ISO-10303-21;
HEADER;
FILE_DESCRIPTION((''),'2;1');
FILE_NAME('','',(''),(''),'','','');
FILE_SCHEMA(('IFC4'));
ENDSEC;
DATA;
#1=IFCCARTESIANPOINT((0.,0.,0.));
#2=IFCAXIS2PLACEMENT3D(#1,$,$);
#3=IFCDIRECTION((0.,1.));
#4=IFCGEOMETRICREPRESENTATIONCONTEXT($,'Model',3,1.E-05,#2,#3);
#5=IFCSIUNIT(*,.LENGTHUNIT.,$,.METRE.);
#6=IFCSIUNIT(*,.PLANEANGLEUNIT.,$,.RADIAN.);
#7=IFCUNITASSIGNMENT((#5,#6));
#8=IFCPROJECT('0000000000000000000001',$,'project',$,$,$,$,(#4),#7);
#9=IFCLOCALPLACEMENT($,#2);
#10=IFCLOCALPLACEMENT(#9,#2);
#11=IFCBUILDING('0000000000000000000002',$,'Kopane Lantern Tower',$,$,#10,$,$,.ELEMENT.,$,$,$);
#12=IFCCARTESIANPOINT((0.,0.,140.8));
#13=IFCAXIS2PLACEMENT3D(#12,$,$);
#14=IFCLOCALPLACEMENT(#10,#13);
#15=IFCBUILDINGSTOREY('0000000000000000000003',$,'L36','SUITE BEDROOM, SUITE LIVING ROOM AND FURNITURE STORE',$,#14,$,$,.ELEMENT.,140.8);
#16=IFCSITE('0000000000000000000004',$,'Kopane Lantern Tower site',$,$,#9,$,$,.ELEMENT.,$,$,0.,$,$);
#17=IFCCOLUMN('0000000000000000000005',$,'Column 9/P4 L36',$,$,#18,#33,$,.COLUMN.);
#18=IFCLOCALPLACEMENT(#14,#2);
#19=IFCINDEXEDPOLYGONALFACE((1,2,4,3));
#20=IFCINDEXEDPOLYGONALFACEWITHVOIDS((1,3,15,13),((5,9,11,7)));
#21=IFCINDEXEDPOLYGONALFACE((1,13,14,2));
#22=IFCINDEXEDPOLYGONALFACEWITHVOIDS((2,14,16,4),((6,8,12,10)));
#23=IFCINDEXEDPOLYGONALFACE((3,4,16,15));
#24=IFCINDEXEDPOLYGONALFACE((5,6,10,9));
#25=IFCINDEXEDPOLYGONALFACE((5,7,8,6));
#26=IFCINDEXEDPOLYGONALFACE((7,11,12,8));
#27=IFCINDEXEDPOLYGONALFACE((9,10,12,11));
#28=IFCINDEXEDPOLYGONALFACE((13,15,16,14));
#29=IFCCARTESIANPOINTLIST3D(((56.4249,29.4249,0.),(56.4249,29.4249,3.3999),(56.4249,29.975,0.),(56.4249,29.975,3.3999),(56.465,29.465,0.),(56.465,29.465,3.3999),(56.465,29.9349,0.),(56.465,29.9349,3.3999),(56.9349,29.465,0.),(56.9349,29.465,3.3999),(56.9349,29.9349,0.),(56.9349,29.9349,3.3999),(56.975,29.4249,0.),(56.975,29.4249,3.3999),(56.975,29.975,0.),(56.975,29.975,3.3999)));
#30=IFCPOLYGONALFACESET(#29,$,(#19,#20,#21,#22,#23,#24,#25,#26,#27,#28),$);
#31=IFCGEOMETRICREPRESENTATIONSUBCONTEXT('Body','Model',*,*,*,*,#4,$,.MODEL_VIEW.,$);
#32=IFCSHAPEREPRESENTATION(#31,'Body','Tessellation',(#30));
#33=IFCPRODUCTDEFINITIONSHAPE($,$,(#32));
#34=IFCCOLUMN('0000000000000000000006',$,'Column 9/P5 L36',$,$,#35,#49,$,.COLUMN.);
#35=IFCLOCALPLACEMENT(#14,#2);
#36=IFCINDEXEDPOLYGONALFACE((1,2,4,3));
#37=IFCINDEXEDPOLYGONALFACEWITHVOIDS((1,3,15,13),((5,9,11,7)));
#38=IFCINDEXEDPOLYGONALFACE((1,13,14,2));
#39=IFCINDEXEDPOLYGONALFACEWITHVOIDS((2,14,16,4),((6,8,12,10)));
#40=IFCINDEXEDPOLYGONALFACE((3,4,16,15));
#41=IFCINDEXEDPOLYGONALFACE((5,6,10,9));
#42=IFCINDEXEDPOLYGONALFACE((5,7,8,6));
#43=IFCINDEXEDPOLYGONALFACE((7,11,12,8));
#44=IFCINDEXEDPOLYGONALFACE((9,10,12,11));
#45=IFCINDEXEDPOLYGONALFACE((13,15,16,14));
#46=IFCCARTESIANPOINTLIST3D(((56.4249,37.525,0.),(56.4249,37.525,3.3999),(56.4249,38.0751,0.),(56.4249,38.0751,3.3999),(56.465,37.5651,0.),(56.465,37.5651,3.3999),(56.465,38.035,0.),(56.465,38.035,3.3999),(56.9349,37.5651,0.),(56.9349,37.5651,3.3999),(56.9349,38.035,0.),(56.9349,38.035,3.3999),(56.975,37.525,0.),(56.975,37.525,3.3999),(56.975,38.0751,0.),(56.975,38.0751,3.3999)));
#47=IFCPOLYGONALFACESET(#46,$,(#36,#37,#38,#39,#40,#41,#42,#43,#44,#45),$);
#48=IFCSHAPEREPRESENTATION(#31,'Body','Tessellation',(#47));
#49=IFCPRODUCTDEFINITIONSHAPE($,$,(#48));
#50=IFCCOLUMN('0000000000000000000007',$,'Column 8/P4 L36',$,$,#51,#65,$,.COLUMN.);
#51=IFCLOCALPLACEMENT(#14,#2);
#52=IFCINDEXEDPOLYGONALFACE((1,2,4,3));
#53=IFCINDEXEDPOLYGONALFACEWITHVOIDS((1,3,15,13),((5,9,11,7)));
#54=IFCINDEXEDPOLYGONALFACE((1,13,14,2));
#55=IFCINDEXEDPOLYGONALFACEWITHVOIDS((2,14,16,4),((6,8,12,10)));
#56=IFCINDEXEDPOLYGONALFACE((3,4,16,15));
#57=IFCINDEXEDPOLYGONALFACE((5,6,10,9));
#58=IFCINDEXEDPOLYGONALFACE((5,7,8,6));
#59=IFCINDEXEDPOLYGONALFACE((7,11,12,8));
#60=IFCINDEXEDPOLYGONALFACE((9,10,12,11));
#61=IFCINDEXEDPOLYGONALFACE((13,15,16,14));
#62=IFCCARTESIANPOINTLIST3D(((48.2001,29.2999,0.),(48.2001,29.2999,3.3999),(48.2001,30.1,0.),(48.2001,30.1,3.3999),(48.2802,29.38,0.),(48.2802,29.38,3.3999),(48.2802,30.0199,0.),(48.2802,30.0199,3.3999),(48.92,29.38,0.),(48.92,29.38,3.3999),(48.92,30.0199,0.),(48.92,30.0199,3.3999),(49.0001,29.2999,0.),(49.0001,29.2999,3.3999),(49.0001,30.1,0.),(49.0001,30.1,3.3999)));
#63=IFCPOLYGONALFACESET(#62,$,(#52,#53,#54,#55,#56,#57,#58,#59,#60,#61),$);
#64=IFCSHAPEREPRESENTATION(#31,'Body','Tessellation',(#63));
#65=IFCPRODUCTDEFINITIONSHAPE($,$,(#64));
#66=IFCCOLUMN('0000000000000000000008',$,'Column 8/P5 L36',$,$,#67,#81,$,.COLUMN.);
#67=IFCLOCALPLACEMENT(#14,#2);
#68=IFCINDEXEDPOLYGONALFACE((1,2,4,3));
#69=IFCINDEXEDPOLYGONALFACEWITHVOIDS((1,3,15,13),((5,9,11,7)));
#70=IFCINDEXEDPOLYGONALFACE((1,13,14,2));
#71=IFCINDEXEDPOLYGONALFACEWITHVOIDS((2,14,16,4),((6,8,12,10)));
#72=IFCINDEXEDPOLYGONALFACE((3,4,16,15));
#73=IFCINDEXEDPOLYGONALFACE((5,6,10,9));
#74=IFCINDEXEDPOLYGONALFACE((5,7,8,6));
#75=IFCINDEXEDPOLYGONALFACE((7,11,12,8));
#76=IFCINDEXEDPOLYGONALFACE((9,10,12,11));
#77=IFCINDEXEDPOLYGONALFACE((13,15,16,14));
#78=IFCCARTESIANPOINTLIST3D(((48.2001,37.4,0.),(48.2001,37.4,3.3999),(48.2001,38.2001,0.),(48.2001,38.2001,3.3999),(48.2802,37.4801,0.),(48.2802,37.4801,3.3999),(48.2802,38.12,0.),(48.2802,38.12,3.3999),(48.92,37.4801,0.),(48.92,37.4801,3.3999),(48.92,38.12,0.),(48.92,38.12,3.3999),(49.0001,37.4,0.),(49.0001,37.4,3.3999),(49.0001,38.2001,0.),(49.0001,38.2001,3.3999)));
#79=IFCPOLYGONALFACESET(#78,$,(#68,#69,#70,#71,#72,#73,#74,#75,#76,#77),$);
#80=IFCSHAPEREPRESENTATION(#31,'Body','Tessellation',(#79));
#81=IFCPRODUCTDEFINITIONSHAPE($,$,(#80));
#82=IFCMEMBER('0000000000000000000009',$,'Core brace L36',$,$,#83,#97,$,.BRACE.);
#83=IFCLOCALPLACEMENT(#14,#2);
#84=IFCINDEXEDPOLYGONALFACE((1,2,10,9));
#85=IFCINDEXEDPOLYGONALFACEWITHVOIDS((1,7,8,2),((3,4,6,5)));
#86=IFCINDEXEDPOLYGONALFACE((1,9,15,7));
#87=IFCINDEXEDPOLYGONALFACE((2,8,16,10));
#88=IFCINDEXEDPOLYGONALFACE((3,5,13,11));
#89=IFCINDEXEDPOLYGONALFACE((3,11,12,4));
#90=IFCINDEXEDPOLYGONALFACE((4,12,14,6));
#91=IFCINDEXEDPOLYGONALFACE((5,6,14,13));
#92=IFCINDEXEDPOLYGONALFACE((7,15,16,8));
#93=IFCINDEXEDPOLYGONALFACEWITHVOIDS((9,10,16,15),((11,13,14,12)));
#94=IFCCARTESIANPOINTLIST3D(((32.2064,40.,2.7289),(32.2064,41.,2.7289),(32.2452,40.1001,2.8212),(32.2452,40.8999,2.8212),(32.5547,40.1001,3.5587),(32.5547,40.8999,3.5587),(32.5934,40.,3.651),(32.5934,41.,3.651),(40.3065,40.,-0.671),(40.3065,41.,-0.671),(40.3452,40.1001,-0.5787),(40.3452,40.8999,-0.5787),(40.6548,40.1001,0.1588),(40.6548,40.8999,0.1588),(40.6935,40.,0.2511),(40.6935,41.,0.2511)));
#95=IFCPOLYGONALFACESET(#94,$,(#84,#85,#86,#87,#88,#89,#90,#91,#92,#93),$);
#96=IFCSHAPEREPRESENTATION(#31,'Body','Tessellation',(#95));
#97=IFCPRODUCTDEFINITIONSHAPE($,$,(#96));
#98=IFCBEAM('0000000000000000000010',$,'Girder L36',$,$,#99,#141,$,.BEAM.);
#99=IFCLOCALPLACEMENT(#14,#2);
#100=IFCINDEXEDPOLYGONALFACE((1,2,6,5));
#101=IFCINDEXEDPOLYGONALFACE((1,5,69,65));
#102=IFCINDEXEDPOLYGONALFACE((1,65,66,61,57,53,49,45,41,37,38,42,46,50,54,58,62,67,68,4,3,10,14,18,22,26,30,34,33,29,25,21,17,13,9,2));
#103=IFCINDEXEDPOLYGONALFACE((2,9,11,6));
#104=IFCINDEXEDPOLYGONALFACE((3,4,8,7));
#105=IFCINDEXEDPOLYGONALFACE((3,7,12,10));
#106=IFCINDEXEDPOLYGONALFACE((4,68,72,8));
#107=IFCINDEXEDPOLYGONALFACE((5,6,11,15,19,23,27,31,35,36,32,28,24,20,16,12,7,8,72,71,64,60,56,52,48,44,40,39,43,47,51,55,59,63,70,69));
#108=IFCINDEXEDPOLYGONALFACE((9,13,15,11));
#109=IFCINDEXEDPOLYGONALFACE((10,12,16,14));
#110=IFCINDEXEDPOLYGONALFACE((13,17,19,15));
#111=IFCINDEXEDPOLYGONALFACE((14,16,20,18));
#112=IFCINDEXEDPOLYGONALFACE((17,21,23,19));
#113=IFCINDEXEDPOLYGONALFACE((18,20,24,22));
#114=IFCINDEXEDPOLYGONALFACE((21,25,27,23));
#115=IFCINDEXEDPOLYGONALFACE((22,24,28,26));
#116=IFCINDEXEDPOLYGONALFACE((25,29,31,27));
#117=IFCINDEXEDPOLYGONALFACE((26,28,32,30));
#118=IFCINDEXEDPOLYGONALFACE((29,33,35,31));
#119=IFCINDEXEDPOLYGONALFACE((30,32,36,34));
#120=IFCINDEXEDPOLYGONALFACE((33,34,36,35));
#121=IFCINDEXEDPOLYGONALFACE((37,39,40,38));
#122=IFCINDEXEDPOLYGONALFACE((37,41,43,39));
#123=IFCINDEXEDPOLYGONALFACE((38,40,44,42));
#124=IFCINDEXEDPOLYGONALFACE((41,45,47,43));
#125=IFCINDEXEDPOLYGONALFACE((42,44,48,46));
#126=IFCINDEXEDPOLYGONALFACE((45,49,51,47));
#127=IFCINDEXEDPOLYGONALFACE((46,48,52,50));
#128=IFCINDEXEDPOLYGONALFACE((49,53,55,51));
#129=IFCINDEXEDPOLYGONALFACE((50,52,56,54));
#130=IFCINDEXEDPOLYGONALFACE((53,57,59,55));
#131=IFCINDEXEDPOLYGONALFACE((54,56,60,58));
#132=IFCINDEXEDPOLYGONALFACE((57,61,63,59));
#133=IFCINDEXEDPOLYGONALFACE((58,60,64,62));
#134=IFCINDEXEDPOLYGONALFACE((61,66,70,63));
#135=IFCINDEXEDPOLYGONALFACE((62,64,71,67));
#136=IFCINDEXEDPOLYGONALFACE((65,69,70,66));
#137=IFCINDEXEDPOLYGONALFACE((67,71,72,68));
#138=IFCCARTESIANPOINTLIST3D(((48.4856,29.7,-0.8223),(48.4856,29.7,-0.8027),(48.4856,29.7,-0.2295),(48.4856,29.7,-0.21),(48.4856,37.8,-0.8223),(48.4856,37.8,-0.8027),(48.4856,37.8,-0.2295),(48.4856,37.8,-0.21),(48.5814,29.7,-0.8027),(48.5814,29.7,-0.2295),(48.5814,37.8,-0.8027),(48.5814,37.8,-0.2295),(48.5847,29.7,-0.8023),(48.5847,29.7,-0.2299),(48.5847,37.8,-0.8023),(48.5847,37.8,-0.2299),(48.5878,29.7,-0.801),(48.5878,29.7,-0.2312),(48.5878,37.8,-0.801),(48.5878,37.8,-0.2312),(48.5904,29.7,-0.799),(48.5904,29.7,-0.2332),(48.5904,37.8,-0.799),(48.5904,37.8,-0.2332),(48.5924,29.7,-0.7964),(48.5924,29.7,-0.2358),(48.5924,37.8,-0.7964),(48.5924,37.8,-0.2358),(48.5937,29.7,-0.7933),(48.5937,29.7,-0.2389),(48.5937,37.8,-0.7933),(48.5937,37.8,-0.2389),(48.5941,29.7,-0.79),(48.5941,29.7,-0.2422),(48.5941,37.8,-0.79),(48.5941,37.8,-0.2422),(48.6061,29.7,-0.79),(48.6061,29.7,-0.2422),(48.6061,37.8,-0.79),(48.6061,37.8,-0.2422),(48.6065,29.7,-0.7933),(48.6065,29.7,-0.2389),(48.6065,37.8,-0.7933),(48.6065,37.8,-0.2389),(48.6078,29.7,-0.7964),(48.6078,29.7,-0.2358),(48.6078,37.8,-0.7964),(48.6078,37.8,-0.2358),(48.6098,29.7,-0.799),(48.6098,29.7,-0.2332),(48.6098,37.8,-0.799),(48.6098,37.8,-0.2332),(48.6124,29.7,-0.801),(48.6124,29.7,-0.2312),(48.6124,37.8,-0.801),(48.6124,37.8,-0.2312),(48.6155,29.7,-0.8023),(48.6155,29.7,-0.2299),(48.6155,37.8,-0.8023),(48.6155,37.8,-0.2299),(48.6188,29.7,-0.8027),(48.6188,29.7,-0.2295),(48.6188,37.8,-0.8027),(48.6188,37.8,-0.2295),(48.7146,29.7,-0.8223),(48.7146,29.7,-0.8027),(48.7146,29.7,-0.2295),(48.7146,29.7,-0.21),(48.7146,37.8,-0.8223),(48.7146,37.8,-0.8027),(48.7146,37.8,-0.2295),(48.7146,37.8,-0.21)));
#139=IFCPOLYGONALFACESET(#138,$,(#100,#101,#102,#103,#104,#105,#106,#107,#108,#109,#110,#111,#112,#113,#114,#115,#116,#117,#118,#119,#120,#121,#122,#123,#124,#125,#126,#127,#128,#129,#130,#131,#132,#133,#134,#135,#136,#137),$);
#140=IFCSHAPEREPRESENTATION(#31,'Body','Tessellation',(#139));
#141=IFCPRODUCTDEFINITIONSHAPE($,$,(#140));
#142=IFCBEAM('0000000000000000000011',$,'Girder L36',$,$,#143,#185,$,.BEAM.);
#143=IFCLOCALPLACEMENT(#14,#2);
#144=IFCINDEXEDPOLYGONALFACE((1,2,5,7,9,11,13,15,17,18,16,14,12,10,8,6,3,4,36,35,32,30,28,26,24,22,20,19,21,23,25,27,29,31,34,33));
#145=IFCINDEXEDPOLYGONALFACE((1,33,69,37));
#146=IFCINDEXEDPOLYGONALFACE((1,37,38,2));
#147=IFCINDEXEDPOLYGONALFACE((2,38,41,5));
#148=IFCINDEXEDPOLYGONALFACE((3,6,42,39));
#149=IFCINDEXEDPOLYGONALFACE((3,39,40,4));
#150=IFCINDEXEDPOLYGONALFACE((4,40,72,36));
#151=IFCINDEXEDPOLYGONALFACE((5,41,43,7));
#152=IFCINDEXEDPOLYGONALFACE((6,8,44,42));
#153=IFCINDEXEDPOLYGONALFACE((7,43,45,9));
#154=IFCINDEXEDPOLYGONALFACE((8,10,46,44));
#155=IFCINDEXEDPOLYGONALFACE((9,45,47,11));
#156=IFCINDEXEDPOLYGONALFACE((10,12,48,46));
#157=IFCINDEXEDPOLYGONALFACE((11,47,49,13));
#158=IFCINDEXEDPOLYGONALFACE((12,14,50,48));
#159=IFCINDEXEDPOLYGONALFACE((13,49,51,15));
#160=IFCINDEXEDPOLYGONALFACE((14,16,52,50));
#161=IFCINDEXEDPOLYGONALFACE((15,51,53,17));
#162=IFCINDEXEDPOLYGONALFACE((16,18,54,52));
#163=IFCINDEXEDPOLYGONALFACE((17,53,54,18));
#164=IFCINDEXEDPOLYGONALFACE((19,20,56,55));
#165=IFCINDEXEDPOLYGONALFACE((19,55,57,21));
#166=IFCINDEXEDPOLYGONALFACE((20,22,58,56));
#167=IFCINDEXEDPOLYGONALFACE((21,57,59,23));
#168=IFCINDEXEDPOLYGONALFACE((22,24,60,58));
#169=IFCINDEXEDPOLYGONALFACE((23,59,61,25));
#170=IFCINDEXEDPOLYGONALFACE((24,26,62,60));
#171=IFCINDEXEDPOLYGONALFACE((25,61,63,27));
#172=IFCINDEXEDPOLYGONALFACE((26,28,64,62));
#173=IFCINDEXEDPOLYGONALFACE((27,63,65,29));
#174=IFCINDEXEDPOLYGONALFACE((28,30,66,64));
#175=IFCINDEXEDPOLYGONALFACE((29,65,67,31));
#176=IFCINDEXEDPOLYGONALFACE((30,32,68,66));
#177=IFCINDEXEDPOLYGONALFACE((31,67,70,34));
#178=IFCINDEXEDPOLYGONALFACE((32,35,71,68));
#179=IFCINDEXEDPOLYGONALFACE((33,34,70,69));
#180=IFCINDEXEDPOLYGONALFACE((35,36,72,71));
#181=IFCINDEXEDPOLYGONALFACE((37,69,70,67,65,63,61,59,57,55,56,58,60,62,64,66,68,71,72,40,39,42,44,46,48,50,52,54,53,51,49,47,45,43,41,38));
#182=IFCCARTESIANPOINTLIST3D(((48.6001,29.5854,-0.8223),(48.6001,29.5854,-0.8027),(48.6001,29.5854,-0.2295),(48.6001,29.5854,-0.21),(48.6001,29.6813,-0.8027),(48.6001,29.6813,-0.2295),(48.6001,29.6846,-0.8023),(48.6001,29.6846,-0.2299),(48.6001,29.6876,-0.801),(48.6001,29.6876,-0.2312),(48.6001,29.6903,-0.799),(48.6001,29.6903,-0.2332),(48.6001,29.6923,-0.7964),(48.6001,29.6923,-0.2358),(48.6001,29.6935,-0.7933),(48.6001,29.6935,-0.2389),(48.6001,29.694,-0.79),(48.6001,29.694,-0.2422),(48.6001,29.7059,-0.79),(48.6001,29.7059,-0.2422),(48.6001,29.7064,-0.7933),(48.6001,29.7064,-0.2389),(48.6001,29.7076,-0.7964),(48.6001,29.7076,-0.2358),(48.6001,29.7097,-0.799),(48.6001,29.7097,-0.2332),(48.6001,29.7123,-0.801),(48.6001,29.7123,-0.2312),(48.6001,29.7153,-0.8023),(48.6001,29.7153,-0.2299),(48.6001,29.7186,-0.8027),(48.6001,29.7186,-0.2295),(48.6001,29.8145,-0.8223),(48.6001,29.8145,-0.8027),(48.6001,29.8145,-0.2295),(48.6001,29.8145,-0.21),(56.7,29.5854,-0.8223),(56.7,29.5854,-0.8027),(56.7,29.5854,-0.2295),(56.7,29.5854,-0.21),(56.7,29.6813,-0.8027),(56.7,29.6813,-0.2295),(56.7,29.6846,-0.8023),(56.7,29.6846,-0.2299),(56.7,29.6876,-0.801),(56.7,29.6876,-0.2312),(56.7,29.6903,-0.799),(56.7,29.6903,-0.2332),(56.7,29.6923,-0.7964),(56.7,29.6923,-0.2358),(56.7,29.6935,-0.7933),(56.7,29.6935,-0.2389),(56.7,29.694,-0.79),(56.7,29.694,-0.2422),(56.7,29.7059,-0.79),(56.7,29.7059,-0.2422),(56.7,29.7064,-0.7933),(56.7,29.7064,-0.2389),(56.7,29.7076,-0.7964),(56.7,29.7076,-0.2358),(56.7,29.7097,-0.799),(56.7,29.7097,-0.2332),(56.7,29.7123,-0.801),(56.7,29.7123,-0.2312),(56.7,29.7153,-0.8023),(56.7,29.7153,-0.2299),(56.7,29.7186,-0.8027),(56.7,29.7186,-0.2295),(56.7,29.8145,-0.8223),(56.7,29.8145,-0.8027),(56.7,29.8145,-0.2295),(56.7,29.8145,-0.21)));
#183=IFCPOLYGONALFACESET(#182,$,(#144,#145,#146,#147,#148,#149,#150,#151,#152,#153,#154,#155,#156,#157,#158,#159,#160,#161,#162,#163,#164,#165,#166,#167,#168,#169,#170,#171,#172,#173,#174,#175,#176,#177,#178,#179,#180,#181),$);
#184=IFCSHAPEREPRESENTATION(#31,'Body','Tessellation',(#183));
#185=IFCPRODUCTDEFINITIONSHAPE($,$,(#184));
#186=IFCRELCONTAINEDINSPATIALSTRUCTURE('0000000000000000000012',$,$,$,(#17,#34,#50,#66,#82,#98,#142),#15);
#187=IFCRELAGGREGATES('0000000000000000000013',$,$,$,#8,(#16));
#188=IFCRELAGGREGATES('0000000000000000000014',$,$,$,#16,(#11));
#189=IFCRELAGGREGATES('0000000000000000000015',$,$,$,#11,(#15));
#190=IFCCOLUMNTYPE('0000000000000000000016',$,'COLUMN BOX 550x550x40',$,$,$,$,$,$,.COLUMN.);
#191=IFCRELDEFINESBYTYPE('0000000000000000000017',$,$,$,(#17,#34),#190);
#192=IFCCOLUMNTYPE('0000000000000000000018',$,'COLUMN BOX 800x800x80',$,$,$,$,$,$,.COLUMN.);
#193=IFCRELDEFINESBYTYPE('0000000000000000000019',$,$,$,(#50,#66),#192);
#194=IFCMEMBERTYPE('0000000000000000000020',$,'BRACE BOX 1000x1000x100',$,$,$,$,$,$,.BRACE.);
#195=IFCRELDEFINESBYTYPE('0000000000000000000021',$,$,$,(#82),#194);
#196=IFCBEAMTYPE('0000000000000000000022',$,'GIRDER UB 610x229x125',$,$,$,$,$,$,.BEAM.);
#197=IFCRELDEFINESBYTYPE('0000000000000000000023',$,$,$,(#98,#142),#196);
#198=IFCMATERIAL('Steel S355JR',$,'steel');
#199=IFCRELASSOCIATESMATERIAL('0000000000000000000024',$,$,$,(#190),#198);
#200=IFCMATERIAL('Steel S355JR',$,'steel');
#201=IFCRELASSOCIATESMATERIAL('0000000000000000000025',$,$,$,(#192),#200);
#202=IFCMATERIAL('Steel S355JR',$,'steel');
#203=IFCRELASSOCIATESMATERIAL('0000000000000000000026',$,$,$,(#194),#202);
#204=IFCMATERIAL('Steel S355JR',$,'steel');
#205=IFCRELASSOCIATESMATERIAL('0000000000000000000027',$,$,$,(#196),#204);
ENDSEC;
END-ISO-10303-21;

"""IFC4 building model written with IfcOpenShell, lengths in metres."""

from ifc_helpers import new_model, si_unit, direction, frame, origin, origin_2d, place, context, subcontext, project, spatial, hollow_rectangle, i_section, extrude, material, material_profile, profile_set, type_object, element, save


model = new_model("IFC4")

# Units and contexts
model_context = context("Model", 3, precision=1e-05, world=origin(), true_north=direction((0.0, 1.0)))
body_context = subcontext(model_context, "Body", "Model", "MODEL_VIEW")
ifc_project = project(units=[si_unit("LENGTHUNIT", "METRE"), si_unit("PLANEANGLEUNIT", "RADIAN")], contexts=[model_context])

# Site, building, storey
site_placement = place(None, origin())
site = spatial("IfcSite", under=ifc_project, at=site_placement, Name="Kopane Lantern Tower site", CompositionType="ELEMENT", RefElevation=0.0)
building_placement = place(site_placement, origin())
building = spatial("IfcBuilding", under=site, at=building_placement, Name="Kopane Lantern Tower", CompositionType="ELEMENT")
storey_placement = place(building_placement, frame((0.0, 0.0, 140.8)))
storey = spatial("IfcBuildingStorey", under=building, at=storey_placement, Name="L36", Description="SUITE BEDROOM, SUITE LIVING ROOM AND FURNITURE STORE", CompositionType="ELEMENT", Elevation=140.8)

# Columns
ifc_material_1 = material(Name="Steel S355JR", Category="steel")
ifc_material_profile_1 = material_profile(ifc_material_1, hollow_rectangle(XDim=0.55, YDim=0.55, WallThickness=0.04, at=origin_2d()), Name="BOX 550x550x40")
ifc_profile_set_1 = profile_set([ifc_material_profile_1], Name="Steel S355JR")
column_type_1 = type_object("IfcColumnType", Name="COLUMN BOX 550x550x40", PredefinedType="COLUMN", material=ifc_profile_set_1)
for number, where, z_axis, x_axis, name in (
    (1, (56.7, 29.7, 0.0), (0.0, 0.0, 1.0), (1.0, 0.0, 0.0), "Column 9/P4 L36"),
    (2, (56.7, 37.8, 0.0), (0.0, 0.0, 1.0), (1.0, 0.0, 0.0), "Column 9/P5 L36"),
):
    element("IfcColumn", number, at=place(storey_placement, frame(where, z_axis=z_axis, x_axis=x_axis)), inside=storey, type_object=column_type_1, Name=name, PredefinedType="COLUMN", context=body_context, shape_type="SweptSolid", body=[
        extrude(hollow_rectangle(XDim=0.55, YDim=0.55, WallThickness=0.04, at=origin_2d()), origin(), (0.0, 0.0, 1.0), 3.3999),
    ])
ifc_material_2 = material(Name="Steel S355JR", Category="steel")
ifc_material_profile_2 = material_profile(ifc_material_2, hollow_rectangle(XDim=0.8, YDim=0.8, WallThickness=0.0801, at=origin_2d()), Name="BOX 800x800x80")
ifc_profile_set_2 = profile_set([ifc_material_profile_2], Name="Steel S355JR")
column_type_2 = type_object("IfcColumnType", Name="COLUMN BOX 800x800x80", PredefinedType="COLUMN", material=ifc_profile_set_2)
for number, where, z_axis, x_axis, name in (
    (3, (48.6001, 29.7, 0.0), (0.0, 0.0, 1.0), (1.0, 0.0, 0.0), "Column 8/P4 L36"),
    (4, (48.6001, 37.8, 0.0), (0.0, 0.0, 1.0), (1.0, 0.0, 0.0), "Column 8/P5 L36"),
):
    element("IfcColumn", number, at=place(storey_placement, frame(where, z_axis=z_axis, x_axis=x_axis)), inside=storey, type_object=column_type_2, Name=name, PredefinedType="COLUMN", context=body_context, shape_type="SweptSolid", body=[
        extrude(hollow_rectangle(XDim=0.8, YDim=0.8, WallThickness=0.0801, at=origin_2d()), origin(), (0.0, 0.0, 1.0), 3.3999),
    ])

# Member
ifc_material_3 = material(Name="Steel S355JR", Category="steel")
ifc_material_profile_3 = material_profile(ifc_material_3, hollow_rectangle(XDim=1.0, YDim=1.0, WallThickness=0.1001, at=origin_2d()), Name="BOX 1000x1000x100")
ifc_profile_set_3 = profile_set([ifc_material_profile_3], Name="Steel S355JR")
member_type = type_object("IfcMemberType", Name="BRACE BOX 1000x1000x100", PredefinedType="BRACE", material=ifc_profile_set_3)
member_placement = place(storey_placement, frame((40.5, 40.5, -0.21), z_axis=(-0.922069, 0.0, 0.387026), x_axis=(0.0, -1.0, 0.0)))
element("IfcMember", 5, at=member_placement, inside=storey, type_object=member_type, Name="Core brace L36", PredefinedType="BRACE", context=body_context, shape_type="SweptSolid", body=[
    extrude(hollow_rectangle(XDim=1.0, YDim=1.0, WallThickness=0.1001, at=origin_2d()), origin(), (0.0, 0.0, 1.0), 8.7847),
])

# Beams
ifc_material_4 = material(Name="Steel S355JR", Category="steel")
ifc_material_profile_4 = material_profile(ifc_material_4, i_section(OverallWidth=0.229, OverallDepth=0.6123, WebThickness=0.012, FlangeThickness=0.0195, FilletRadius=0.0127, at=origin_2d()), Name="UB 610x229x125")
ifc_profile_set_4 = profile_set([ifc_material_profile_4], Name="Steel S355JR")
beam_type = type_object("IfcBeamType", Name="GIRDER UB 610x229x125", PredefinedType="BEAM", material=ifc_profile_set_4)
beam_1_placement = place(storey_placement, frame((48.6001, 29.7, -0.5161), z_axis=(0.0, 1.0, 0.0), x_axis=(-1.0, 0.0, 0.0)))
element("IfcBeam", 6, at=beam_1_placement, inside=storey, type_object=beam_type, Name="Girder L36", PredefinedType="BEAM", context=body_context, shape_type="SweptSolid", body=[
    extrude(i_section(OverallWidth=0.229, OverallDepth=0.6123, WebThickness=0.012, FlangeThickness=0.0195, FilletRadius=0.0127, at=origin_2d()), origin(), (0.0, 0.0, 1.0), 8.1001),
])
for number, where, z_axis, x_axis, name in (
    (7, (48.6001, 29.7, -0.5161), (1.0, 0.0, 0.0), (0.0, 1.0, 0.0), "Girder L36"),
):
    element("IfcBeam", number, at=place(storey_placement, frame(where, z_axis=z_axis, x_axis=x_axis)), inside=storey, type_object=beam_type, Name=name, PredefinedType="BEAM", context=body_context, shape_type="SweptSolid", body=[
        extrude(i_section(OverallWidth=0.229, OverallDepth=0.6123, WebThickness=0.012, FlangeThickness=0.0195, FilletRadius=0.0127, at=origin_2d()), origin(), (0.0, 0.0, 1.0), 8.0999),
    ])

save(model, "model.ifc")
